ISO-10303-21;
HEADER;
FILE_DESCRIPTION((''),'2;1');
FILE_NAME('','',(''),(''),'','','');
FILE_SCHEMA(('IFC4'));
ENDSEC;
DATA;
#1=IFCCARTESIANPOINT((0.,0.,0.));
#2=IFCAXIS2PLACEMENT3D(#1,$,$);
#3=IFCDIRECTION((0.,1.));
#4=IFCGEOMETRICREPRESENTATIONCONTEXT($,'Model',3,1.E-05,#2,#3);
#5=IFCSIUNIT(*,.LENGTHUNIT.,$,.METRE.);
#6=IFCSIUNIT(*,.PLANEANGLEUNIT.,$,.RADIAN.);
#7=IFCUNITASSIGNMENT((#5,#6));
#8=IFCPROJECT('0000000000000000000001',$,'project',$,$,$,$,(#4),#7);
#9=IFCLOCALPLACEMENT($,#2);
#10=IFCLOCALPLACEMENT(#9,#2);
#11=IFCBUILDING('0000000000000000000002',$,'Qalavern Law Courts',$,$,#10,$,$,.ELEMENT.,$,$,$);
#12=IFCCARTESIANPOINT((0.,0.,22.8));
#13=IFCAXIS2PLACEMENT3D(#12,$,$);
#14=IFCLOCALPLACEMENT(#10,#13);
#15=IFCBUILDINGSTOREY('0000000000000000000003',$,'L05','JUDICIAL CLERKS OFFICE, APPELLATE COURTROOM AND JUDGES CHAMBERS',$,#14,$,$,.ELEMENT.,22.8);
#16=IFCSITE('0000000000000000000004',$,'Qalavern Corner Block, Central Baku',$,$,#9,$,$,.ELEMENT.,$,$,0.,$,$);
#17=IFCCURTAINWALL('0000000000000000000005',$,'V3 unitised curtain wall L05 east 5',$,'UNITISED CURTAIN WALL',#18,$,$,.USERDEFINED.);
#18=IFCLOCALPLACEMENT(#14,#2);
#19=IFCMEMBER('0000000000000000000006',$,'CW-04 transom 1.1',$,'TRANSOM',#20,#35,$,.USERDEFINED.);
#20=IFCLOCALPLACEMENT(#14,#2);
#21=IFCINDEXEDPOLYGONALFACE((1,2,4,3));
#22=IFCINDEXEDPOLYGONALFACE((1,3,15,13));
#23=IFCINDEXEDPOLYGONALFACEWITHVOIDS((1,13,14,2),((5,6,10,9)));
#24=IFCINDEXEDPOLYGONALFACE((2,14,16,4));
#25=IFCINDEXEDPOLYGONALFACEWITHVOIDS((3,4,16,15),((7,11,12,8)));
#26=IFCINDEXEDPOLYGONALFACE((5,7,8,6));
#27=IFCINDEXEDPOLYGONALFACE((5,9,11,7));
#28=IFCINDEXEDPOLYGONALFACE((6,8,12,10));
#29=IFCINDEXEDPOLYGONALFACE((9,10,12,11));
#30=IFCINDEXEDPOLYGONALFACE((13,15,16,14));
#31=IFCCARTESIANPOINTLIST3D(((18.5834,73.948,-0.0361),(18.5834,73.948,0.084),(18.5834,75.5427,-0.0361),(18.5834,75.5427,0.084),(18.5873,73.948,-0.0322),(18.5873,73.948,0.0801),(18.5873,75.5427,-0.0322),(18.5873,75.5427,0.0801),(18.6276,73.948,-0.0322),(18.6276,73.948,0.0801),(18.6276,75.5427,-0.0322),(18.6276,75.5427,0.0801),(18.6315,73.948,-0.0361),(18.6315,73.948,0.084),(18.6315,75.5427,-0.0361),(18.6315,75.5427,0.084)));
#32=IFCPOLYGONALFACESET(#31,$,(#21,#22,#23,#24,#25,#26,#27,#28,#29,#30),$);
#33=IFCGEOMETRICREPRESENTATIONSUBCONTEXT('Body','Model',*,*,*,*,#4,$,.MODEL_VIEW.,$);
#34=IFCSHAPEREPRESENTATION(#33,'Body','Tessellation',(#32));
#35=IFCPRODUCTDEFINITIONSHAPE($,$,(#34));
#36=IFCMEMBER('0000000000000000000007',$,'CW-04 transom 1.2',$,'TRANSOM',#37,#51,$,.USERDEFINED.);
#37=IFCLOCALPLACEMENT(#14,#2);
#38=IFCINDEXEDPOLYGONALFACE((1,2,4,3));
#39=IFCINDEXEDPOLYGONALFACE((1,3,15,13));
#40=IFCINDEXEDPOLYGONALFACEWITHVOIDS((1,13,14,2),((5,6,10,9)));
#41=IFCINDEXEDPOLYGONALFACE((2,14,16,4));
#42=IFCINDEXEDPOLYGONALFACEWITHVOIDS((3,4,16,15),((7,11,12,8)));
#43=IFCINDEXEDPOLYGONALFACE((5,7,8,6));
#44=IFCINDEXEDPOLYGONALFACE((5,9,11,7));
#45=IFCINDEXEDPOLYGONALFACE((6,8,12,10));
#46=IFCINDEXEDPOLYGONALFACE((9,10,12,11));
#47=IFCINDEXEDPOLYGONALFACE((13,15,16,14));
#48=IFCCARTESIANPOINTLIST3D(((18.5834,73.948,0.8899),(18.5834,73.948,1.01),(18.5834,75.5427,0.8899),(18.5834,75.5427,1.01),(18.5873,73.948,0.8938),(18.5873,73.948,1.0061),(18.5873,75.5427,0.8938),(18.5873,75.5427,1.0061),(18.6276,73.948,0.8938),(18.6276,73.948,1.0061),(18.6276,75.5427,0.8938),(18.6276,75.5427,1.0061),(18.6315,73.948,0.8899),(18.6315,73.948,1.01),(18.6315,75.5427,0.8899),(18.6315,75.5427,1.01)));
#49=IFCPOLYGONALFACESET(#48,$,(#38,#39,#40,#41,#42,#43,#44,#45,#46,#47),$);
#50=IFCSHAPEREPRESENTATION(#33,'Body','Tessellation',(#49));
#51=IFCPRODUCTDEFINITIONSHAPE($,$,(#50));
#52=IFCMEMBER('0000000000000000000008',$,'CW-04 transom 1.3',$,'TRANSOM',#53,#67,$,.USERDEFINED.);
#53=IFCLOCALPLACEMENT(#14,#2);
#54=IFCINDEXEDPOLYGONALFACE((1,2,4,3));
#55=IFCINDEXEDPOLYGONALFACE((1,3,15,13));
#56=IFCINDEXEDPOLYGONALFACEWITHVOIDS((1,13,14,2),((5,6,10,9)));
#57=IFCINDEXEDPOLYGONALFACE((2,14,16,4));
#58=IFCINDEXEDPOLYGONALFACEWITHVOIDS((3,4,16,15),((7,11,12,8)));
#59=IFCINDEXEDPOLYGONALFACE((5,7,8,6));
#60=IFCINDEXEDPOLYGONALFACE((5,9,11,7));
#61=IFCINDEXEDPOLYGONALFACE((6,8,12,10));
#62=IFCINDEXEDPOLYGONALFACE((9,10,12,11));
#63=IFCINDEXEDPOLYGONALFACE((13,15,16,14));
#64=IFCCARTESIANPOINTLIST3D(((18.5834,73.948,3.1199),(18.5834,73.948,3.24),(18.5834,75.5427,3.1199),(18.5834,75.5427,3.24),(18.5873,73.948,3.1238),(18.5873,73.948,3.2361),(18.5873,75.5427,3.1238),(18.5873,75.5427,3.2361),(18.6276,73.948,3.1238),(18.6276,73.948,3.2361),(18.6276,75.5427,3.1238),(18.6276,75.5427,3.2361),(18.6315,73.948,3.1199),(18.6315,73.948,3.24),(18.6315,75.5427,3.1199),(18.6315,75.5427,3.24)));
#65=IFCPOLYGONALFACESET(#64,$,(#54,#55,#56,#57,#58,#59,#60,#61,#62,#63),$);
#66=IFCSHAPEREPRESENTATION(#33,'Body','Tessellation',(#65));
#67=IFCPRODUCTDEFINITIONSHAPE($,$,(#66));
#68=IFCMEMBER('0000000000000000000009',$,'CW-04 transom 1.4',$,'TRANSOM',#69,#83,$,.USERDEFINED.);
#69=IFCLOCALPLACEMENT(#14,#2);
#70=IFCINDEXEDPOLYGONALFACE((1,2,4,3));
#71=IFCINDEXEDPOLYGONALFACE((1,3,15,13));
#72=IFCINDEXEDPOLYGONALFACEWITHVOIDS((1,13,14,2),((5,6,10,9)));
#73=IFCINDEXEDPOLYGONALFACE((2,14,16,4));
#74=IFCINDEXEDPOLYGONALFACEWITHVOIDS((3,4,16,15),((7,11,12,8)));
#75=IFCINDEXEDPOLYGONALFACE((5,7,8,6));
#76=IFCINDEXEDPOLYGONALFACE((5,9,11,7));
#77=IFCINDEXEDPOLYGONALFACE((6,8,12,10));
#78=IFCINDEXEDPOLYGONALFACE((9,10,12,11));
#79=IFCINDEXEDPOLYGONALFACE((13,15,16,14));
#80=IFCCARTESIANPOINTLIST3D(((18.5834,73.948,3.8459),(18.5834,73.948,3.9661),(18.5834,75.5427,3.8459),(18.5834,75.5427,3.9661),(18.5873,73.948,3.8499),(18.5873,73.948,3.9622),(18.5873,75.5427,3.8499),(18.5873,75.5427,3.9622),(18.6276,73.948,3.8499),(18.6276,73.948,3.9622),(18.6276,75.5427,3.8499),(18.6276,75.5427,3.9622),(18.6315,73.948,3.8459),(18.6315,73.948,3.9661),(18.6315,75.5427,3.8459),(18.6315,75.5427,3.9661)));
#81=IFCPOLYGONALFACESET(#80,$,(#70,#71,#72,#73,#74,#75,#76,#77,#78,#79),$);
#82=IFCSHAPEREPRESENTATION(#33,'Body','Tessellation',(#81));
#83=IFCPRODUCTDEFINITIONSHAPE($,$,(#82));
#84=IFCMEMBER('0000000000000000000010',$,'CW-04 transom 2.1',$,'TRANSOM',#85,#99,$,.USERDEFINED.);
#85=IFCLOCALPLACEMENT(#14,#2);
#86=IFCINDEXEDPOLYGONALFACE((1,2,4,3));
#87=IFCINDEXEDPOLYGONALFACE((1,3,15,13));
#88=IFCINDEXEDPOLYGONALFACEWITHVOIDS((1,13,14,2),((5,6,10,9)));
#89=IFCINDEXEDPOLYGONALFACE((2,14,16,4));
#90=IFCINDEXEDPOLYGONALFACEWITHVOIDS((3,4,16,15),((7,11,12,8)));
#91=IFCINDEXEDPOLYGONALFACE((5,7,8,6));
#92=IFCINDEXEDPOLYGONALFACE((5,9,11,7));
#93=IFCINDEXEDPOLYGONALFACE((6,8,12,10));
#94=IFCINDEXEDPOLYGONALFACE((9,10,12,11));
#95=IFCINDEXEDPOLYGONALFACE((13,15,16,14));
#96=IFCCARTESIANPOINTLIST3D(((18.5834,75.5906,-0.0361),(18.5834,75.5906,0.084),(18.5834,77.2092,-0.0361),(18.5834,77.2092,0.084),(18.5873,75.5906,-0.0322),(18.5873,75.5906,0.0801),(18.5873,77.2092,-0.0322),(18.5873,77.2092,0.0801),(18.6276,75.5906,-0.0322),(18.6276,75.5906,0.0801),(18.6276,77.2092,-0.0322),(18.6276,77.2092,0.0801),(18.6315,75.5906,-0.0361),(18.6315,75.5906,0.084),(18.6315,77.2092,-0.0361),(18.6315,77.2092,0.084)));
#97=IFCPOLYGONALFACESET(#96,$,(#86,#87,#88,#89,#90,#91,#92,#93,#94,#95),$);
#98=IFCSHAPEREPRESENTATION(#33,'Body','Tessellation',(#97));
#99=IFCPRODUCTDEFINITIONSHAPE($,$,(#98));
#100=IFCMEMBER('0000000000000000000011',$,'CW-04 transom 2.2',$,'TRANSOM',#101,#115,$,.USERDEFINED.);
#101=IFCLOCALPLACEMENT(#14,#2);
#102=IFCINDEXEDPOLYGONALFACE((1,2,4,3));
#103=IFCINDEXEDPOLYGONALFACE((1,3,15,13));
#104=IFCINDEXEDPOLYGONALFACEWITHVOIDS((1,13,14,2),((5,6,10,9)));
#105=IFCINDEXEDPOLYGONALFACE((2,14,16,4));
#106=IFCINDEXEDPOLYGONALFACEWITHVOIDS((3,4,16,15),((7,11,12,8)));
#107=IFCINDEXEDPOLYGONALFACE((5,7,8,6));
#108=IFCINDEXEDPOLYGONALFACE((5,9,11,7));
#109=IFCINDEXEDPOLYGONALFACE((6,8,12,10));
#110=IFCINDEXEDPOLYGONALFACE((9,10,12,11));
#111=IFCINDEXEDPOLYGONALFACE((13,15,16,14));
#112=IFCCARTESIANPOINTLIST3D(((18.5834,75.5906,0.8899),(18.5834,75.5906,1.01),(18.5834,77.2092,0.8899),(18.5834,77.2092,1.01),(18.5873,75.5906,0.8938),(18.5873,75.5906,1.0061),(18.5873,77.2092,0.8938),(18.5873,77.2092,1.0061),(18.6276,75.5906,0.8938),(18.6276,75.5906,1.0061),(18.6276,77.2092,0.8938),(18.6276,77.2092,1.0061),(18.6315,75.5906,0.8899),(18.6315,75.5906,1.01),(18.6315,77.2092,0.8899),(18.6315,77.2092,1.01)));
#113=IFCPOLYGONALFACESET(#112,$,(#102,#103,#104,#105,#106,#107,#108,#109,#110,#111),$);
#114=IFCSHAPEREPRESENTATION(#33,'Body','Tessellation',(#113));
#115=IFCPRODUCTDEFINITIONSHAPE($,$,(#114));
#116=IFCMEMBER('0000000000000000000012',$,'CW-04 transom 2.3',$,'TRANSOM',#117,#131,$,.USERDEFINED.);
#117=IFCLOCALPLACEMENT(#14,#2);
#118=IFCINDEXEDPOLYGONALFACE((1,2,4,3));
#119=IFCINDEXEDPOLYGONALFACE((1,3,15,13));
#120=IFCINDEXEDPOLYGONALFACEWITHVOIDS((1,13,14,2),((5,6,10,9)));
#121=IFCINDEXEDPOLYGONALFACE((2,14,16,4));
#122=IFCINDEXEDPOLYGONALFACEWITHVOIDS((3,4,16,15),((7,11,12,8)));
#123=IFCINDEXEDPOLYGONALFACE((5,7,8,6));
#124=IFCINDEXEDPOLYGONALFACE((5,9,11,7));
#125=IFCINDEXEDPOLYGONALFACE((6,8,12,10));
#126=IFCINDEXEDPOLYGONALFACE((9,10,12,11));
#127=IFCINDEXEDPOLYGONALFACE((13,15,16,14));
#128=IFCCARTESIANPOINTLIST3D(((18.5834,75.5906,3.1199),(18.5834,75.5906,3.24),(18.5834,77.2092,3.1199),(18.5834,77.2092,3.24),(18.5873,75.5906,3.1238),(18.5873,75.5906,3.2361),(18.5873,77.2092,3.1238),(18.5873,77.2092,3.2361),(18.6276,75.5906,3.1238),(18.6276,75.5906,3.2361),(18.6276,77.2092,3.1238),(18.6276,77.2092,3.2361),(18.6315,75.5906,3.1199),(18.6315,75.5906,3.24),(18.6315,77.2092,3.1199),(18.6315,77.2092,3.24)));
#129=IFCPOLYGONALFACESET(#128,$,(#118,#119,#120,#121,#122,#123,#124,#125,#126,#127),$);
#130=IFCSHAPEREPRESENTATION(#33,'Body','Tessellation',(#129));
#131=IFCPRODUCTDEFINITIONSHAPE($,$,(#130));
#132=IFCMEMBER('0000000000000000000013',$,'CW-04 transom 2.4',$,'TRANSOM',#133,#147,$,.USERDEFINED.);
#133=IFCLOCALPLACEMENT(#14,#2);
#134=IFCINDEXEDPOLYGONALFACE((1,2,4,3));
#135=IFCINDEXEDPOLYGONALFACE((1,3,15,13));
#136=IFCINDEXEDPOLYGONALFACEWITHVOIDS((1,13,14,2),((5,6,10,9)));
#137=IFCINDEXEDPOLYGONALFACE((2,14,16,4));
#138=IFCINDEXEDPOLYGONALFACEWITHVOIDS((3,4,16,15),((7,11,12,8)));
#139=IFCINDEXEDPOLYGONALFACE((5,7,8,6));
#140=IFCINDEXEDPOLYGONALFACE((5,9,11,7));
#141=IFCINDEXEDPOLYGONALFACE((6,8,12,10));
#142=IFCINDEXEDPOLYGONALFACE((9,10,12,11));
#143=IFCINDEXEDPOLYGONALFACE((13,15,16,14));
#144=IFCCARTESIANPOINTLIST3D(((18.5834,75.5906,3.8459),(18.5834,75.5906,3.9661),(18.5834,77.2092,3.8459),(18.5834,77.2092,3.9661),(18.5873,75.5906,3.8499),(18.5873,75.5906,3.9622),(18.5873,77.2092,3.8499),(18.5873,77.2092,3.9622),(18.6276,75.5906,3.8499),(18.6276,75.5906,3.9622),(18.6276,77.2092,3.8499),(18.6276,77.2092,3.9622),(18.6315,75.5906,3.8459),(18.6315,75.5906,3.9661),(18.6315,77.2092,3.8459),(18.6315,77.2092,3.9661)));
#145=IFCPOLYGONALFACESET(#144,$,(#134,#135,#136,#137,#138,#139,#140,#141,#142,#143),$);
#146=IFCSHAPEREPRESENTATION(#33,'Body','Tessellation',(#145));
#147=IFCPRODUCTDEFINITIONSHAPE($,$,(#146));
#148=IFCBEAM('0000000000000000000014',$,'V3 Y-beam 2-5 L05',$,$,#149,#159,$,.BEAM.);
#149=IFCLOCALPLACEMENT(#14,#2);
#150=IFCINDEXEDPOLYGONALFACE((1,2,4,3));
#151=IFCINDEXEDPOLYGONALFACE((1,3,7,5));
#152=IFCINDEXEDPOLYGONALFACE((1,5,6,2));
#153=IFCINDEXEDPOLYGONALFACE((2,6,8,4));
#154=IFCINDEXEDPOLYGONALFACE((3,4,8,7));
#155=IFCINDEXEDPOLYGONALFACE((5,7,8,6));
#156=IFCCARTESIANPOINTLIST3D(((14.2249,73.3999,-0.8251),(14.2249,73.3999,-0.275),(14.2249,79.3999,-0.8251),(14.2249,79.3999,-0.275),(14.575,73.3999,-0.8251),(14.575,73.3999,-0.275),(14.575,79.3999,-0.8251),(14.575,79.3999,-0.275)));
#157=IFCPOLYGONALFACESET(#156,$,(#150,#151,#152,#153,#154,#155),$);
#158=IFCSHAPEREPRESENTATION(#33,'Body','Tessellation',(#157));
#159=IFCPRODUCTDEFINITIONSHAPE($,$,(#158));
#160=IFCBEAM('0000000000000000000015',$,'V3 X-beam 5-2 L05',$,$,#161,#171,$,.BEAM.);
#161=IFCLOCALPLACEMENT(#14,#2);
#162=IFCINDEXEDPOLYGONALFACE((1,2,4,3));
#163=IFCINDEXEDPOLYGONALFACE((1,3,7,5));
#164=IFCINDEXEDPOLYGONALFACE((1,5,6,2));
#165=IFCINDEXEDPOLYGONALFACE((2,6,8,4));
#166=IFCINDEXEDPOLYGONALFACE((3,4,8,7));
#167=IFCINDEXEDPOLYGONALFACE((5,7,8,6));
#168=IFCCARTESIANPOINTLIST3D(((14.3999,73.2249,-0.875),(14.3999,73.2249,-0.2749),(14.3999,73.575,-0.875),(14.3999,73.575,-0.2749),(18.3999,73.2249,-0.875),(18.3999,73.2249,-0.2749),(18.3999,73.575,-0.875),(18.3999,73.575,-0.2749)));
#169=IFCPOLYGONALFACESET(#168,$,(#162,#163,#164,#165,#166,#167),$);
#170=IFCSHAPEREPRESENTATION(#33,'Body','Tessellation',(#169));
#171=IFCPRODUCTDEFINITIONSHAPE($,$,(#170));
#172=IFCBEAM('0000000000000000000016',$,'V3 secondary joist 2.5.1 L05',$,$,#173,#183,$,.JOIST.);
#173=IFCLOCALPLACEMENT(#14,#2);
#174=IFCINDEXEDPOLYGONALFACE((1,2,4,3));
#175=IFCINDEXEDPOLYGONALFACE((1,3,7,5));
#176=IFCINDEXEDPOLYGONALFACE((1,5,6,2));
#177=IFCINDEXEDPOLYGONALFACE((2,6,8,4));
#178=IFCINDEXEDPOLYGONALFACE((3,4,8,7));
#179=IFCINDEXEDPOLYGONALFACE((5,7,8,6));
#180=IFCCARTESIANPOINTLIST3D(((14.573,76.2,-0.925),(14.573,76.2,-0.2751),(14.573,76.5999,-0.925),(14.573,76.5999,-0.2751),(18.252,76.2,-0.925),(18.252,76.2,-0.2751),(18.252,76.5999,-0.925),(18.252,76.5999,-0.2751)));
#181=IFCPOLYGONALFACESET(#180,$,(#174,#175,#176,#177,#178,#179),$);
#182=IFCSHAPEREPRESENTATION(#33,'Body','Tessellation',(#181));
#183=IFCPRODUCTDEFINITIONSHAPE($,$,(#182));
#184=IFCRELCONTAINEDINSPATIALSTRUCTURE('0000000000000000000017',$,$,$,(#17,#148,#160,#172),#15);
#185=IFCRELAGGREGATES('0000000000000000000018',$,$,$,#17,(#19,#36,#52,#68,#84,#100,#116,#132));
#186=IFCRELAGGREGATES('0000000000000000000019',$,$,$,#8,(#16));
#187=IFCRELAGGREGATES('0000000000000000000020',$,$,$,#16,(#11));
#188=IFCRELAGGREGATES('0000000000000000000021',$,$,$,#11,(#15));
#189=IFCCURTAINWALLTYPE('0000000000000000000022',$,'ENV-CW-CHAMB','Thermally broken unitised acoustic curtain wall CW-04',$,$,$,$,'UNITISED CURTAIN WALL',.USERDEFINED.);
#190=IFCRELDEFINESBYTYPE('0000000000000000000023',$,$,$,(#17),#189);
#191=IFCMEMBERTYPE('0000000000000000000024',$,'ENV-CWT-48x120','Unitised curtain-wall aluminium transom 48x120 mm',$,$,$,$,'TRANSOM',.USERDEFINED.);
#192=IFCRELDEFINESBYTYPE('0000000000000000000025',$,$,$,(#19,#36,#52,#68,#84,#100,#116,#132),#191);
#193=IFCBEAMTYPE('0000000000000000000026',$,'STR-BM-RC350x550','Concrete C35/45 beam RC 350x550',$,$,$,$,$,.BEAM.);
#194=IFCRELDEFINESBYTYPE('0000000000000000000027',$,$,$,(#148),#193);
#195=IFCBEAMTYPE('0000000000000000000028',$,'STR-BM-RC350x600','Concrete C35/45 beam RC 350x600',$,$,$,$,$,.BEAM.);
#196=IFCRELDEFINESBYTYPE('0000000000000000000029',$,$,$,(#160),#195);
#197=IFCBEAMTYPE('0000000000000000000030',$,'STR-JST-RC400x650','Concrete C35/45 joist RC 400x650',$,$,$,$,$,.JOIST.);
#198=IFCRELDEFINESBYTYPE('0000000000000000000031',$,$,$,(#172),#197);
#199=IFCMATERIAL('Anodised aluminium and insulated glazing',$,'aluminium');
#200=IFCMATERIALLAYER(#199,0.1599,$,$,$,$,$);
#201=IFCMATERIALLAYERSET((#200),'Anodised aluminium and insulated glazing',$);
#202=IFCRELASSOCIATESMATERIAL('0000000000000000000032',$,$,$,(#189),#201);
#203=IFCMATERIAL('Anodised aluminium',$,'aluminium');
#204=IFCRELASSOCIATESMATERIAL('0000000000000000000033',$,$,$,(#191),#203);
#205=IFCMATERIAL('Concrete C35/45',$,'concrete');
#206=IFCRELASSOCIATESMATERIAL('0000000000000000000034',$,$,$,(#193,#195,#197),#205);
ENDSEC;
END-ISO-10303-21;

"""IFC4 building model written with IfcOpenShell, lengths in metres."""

from ifc_helpers import new_model, si_unit, direction, frame, origin, origin_2d, place, context, subcontext, project, spatial, rectangle, hollow_rectangle, extrude, material, layer, layer_set, material_profile, profile_set, type_object, element, aggregate, save


model = new_model("IFC4")

# Units and contexts
model_context = context("Model", 3, precision=1e-05, world=origin(), true_north=direction((0.0, 1.0)))
body_context = subcontext(model_context, "Body", "Model", "MODEL_VIEW")
ifc_project = project(units=[si_unit("LENGTHUNIT", "METRE"), si_unit("PLANEANGLEUNIT", "RADIAN")], contexts=[model_context])

# Site, building, storey
site_placement = place(None, origin())
site = spatial("IfcSite", under=ifc_project, at=site_placement, Name="Qalavern Corner Block, Central Baku", CompositionType="ELEMENT", RefElevation=0.0)
building_placement = place(site_placement, origin())
building = spatial("IfcBuilding", under=site, at=building_placement, Name="Qalavern Law Courts", CompositionType="ELEMENT")
storey_placement = place(building_placement, frame((0.0, 0.0, 22.8)))
storey = spatial("IfcBuildingStorey", under=building, at=storey_placement, Name="L05", Description="JUDICIAL CLERKS OFFICE, APPELLATE COURTROOM AND JUDGES CHAMBERS", CompositionType="ELEMENT", Elevation=22.8)

# Curtain wall
ifc_material_1 = material(Name="Anodised aluminium and insulated glazing", Category="aluminium")
ifc_layer_1 = layer(ifc_material_1, 0.1599)
ifc_layer_set_1 = layer_set([ifc_layer_1], Name="Anodised aluminium and insulated glazing")
curtain_wall_type = type_object("IfcCurtainWallType", Name="ENV-CW-CHAMB", Description="Thermally broken unitised acoustic curtain wall CW-04", ElementType="UNITISED CURTAIN WALL", PredefinedType="USERDEFINED", material=ifc_layer_set_1)
ifc_material_2 = material(Name="Anodised aluminium", Category="aluminium")
curtain_wall_1_placement = place(storey_placement, origin())
curtain_wall_1 = element("IfcCurtainWall", 1, at=curtain_wall_1_placement, inside=storey, type_object=curtain_wall_type, Name="V3 unitised curtain wall L05 east 5", ObjectType="UNITISED CURTAIN WALL", PredefinedType="USERDEFINED")

# Members
ifc_material_profile_1 = material_profile(ifc_material_2, hollow_rectangle(XDim=0.0481, YDim=0.1201, WallThickness=0.0039, at=origin_2d()), Name="ALU TRANSOM 48x120")
ifc_profile_set_1 = profile_set([ifc_material_profile_1], Name="Anodised aluminium")
member_type_1 = type_object("IfcMemberType", Name="ENV-CWT-48x120", Description="Unitised curtain-wall aluminium transom 48x120 mm", ElementType="TRANSOM", PredefinedType="USERDEFINED", material=ifc_profile_set_1)
member_1_placement = place(storey_placement, frame((18.6074, 73.948, 0.0239), z_axis=(0.0, 1.0, 0.0), x_axis=(-1.0, 0.0, 0.0)))
member_1 = element("IfcMember", 2, at=member_1_placement, type_object=member_type_1, Name="CW-04 transom 1.1", ObjectType="TRANSOM", PredefinedType="USERDEFINED", context=body_context, shape_type="SweptSolid", body=[
    extrude(hollow_rectangle(XDim=0.0481, YDim=0.1201, WallThickness=0.0039, at=origin_2d()), origin(), (0.0, 0.0, 1.0), 1.5947),
])
member_2_placement = place(storey_placement, frame((18.6074, 73.948, 0.95), z_axis=(0.0, 1.0, 0.0), x_axis=(-1.0, 0.0, 0.0)))
member_2 = element("IfcMember", 3, at=member_2_placement, type_object=member_type_1, Name="CW-04 transom 1.2", ObjectType="TRANSOM", PredefinedType="USERDEFINED", context=body_context, shape_type="SweptSolid", body=[
    extrude(hollow_rectangle(XDim=0.0481, YDim=0.1201, WallThickness=0.0039, at=origin_2d()), origin(), (0.0, 0.0, 1.0), 1.5947),
])
member_3_placement = place(storey_placement, frame((18.6074, 73.948, 3.1799), z_axis=(0.0, 1.0, 0.0), x_axis=(-1.0, 0.0, 0.0)))
member_3 = element("IfcMember", 4, at=member_3_placement, type_object=member_type_1, Name="CW-04 transom 1.3", ObjectType="TRANSOM", PredefinedType="USERDEFINED", context=body_context, shape_type="SweptSolid", body=[
    extrude(hollow_rectangle(XDim=0.0481, YDim=0.1201, WallThickness=0.0039, at=origin_2d()), origin(), (0.0, 0.0, 1.0), 1.5947),
])
member_4_placement = place(storey_placement, frame((18.6074, 73.948, 3.906), z_axis=(0.0, 1.0, 0.0), x_axis=(-1.0, 0.0, 0.0)))
member_4 = element("IfcMember", 5, at=member_4_placement, type_object=member_type_1, Name="CW-04 transom 1.4", ObjectType="TRANSOM", PredefinedType="USERDEFINED", context=body_context, shape_type="SweptSolid", body=[
    extrude(hollow_rectangle(XDim=0.0481, YDim=0.1201, WallThickness=0.0039, at=origin_2d()), origin(), (0.0, 0.0, 1.0), 1.5947),
])
member_5_placement = place(storey_placement, frame((18.6074, 75.5906, 0.0239), z_axis=(0.0, 1.0, 0.0), x_axis=(-1.0, 0.0, 0.0)))
member_5 = element("IfcMember", 6, at=member_5_placement, type_object=member_type_1, Name="CW-04 transom 2.1", ObjectType="TRANSOM", PredefinedType="USERDEFINED", context=body_context, shape_type="SweptSolid", body=[
    extrude(hollow_rectangle(XDim=0.0481, YDim=0.1201, WallThickness=0.0039, at=origin_2d()), origin(), (0.0, 0.0, 1.0), 1.6187),
])
member_6_placement = place(storey_placement, frame((18.6074, 75.5906, 0.95), z_axis=(0.0, 1.0, 0.0), x_axis=(-1.0, 0.0, 0.0)))
member_6 = element("IfcMember", 7, at=member_6_placement, type_object=member_type_1, Name="CW-04 transom 2.2", ObjectType="TRANSOM", PredefinedType="USERDEFINED", context=body_context, shape_type="SweptSolid", body=[
    extrude(hollow_rectangle(XDim=0.0481, YDim=0.1201, WallThickness=0.0039, at=origin_2d()), origin(), (0.0, 0.0, 1.0), 1.6187),
])
member_7_placement = place(storey_placement, frame((18.6074, 75.5906, 3.1799), z_axis=(0.0, 1.0, 0.0), x_axis=(-1.0, 0.0, 0.0)))
member_7 = element("IfcMember", 8, at=member_7_placement, type_object=member_type_1, Name="CW-04 transom 2.3", ObjectType="TRANSOM", PredefinedType="USERDEFINED", context=body_context, shape_type="SweptSolid", body=[
    extrude(hollow_rectangle(XDim=0.0481, YDim=0.1201, WallThickness=0.0039, at=origin_2d()), origin(), (0.0, 0.0, 1.0), 1.6187),
])
member_8_placement = place(storey_placement, frame((18.6074, 75.5906, 3.906), z_axis=(0.0, 1.0, 0.0), x_axis=(-1.0, 0.0, 0.0)))
member_8 = element("IfcMember", 9, at=member_8_placement, type_object=member_type_1, Name="CW-04 transom 2.4", ObjectType="TRANSOM", PredefinedType="USERDEFINED", context=body_context, shape_type="SweptSolid", body=[
    extrude(hollow_rectangle(XDim=0.0481, YDim=0.1201, WallThickness=0.0039, at=origin_2d()), origin(), (0.0, 0.0, 1.0), 1.6187),
])

# Beams
ifc_material_3 = material(Name="Concrete C35/45", Category="concrete")
ifc_material_profile_2 = material_profile(ifc_material_3, rectangle(XDim=0.3501, YDim=0.55, at=origin_2d()), Name="RC 350x550")
ifc_profile_set_2 = profile_set([ifc_material_profile_2], Name="Concrete C35/45")
beam_type_1 = type_object("IfcBeamType", Name="STR-BM-RC350x550", Description="Concrete C35/45 beam RC 350x550", PredefinedType="BEAM", material=ifc_profile_set_2)
beam_1_placement = place(storey_placement, frame((14.3999, 73.3999, -0.55), z_axis=(0.0, 1.0, 0.0), x_axis=(-1.0, 0.0, 0.0)))
element("IfcBeam", 10, at=beam_1_placement, inside=storey, type_object=beam_type_1, Name="V3 Y-beam 2-5 L05", PredefinedType="BEAM", context=body_context, shape_type="SweptSolid", body=[
    extrude(rectangle(XDim=0.3501, YDim=0.55, at=origin_2d()), origin(), (0.0, 0.0, 1.0), 6.0),
])
ifc_material_profile_3 = material_profile(ifc_material_3, rectangle(XDim=0.3501, YDim=0.6001, at=origin_2d()), Name="RC 350x600")
ifc_profile_set_3 = profile_set([ifc_material_profile_3], Name="Concrete C35/45")
beam_type_2 = type_object("IfcBeamType", Name="STR-BM-RC350x600", Description="Concrete C35/45 beam RC 350x600", PredefinedType="BEAM", material=ifc_profile_set_3)
beam_2_placement = place(storey_placement, frame((14.3999, 73.3999, -0.575), z_axis=(1.0, 0.0, 0.0), x_axis=(0.0, 1.0, 0.0)))
element("IfcBeam", 11, at=beam_2_placement, inside=storey, type_object=beam_type_2, Name="V3 X-beam 5-2 L05", PredefinedType="BEAM", context=body_context, shape_type="SweptSolid", body=[
    extrude(rectangle(XDim=0.3501, YDim=0.6001, at=origin_2d()), origin(), (0.0, 0.0, 1.0), 4.0),
])
ifc_material_profile_4 = material_profile(ifc_material_3, rectangle(XDim=0.3999, YDim=0.6499, at=origin_2d()), Name="RC 400x650")
ifc_profile_set_4 = profile_set([ifc_material_profile_4], Name="Concrete C35/45")
beam_type_3 = type_object("IfcBeamType", Name="STR-JST-RC400x650", Description="Concrete C35/45 joist RC 400x650", PredefinedType="JOIST", material=ifc_profile_set_4)
beam_3_placement = place(storey_placement, frame((14.573, 76.3999, -0.6001), z_axis=(1.0, 0.0, 0.0), x_axis=(0.0, 1.0, 0.0)))
element("IfcBeam", 12, at=beam_3_placement, inside=storey, type_object=beam_type_3, Name="V3 secondary joist 2.5.1 L05", PredefinedType="JOIST", context=body_context, shape_type="SweptSolid", body=[
    extrude(rectangle(XDim=0.3999, YDim=0.6499, at=origin_2d()), origin(), (0.0, 0.0, 1.0), 3.679),
])

aggregate(curtain_wall_1, [member_1, member_2, member_3, member_4, member_5, member_6, member_7, member_8])

save(model, "model.ifc")
